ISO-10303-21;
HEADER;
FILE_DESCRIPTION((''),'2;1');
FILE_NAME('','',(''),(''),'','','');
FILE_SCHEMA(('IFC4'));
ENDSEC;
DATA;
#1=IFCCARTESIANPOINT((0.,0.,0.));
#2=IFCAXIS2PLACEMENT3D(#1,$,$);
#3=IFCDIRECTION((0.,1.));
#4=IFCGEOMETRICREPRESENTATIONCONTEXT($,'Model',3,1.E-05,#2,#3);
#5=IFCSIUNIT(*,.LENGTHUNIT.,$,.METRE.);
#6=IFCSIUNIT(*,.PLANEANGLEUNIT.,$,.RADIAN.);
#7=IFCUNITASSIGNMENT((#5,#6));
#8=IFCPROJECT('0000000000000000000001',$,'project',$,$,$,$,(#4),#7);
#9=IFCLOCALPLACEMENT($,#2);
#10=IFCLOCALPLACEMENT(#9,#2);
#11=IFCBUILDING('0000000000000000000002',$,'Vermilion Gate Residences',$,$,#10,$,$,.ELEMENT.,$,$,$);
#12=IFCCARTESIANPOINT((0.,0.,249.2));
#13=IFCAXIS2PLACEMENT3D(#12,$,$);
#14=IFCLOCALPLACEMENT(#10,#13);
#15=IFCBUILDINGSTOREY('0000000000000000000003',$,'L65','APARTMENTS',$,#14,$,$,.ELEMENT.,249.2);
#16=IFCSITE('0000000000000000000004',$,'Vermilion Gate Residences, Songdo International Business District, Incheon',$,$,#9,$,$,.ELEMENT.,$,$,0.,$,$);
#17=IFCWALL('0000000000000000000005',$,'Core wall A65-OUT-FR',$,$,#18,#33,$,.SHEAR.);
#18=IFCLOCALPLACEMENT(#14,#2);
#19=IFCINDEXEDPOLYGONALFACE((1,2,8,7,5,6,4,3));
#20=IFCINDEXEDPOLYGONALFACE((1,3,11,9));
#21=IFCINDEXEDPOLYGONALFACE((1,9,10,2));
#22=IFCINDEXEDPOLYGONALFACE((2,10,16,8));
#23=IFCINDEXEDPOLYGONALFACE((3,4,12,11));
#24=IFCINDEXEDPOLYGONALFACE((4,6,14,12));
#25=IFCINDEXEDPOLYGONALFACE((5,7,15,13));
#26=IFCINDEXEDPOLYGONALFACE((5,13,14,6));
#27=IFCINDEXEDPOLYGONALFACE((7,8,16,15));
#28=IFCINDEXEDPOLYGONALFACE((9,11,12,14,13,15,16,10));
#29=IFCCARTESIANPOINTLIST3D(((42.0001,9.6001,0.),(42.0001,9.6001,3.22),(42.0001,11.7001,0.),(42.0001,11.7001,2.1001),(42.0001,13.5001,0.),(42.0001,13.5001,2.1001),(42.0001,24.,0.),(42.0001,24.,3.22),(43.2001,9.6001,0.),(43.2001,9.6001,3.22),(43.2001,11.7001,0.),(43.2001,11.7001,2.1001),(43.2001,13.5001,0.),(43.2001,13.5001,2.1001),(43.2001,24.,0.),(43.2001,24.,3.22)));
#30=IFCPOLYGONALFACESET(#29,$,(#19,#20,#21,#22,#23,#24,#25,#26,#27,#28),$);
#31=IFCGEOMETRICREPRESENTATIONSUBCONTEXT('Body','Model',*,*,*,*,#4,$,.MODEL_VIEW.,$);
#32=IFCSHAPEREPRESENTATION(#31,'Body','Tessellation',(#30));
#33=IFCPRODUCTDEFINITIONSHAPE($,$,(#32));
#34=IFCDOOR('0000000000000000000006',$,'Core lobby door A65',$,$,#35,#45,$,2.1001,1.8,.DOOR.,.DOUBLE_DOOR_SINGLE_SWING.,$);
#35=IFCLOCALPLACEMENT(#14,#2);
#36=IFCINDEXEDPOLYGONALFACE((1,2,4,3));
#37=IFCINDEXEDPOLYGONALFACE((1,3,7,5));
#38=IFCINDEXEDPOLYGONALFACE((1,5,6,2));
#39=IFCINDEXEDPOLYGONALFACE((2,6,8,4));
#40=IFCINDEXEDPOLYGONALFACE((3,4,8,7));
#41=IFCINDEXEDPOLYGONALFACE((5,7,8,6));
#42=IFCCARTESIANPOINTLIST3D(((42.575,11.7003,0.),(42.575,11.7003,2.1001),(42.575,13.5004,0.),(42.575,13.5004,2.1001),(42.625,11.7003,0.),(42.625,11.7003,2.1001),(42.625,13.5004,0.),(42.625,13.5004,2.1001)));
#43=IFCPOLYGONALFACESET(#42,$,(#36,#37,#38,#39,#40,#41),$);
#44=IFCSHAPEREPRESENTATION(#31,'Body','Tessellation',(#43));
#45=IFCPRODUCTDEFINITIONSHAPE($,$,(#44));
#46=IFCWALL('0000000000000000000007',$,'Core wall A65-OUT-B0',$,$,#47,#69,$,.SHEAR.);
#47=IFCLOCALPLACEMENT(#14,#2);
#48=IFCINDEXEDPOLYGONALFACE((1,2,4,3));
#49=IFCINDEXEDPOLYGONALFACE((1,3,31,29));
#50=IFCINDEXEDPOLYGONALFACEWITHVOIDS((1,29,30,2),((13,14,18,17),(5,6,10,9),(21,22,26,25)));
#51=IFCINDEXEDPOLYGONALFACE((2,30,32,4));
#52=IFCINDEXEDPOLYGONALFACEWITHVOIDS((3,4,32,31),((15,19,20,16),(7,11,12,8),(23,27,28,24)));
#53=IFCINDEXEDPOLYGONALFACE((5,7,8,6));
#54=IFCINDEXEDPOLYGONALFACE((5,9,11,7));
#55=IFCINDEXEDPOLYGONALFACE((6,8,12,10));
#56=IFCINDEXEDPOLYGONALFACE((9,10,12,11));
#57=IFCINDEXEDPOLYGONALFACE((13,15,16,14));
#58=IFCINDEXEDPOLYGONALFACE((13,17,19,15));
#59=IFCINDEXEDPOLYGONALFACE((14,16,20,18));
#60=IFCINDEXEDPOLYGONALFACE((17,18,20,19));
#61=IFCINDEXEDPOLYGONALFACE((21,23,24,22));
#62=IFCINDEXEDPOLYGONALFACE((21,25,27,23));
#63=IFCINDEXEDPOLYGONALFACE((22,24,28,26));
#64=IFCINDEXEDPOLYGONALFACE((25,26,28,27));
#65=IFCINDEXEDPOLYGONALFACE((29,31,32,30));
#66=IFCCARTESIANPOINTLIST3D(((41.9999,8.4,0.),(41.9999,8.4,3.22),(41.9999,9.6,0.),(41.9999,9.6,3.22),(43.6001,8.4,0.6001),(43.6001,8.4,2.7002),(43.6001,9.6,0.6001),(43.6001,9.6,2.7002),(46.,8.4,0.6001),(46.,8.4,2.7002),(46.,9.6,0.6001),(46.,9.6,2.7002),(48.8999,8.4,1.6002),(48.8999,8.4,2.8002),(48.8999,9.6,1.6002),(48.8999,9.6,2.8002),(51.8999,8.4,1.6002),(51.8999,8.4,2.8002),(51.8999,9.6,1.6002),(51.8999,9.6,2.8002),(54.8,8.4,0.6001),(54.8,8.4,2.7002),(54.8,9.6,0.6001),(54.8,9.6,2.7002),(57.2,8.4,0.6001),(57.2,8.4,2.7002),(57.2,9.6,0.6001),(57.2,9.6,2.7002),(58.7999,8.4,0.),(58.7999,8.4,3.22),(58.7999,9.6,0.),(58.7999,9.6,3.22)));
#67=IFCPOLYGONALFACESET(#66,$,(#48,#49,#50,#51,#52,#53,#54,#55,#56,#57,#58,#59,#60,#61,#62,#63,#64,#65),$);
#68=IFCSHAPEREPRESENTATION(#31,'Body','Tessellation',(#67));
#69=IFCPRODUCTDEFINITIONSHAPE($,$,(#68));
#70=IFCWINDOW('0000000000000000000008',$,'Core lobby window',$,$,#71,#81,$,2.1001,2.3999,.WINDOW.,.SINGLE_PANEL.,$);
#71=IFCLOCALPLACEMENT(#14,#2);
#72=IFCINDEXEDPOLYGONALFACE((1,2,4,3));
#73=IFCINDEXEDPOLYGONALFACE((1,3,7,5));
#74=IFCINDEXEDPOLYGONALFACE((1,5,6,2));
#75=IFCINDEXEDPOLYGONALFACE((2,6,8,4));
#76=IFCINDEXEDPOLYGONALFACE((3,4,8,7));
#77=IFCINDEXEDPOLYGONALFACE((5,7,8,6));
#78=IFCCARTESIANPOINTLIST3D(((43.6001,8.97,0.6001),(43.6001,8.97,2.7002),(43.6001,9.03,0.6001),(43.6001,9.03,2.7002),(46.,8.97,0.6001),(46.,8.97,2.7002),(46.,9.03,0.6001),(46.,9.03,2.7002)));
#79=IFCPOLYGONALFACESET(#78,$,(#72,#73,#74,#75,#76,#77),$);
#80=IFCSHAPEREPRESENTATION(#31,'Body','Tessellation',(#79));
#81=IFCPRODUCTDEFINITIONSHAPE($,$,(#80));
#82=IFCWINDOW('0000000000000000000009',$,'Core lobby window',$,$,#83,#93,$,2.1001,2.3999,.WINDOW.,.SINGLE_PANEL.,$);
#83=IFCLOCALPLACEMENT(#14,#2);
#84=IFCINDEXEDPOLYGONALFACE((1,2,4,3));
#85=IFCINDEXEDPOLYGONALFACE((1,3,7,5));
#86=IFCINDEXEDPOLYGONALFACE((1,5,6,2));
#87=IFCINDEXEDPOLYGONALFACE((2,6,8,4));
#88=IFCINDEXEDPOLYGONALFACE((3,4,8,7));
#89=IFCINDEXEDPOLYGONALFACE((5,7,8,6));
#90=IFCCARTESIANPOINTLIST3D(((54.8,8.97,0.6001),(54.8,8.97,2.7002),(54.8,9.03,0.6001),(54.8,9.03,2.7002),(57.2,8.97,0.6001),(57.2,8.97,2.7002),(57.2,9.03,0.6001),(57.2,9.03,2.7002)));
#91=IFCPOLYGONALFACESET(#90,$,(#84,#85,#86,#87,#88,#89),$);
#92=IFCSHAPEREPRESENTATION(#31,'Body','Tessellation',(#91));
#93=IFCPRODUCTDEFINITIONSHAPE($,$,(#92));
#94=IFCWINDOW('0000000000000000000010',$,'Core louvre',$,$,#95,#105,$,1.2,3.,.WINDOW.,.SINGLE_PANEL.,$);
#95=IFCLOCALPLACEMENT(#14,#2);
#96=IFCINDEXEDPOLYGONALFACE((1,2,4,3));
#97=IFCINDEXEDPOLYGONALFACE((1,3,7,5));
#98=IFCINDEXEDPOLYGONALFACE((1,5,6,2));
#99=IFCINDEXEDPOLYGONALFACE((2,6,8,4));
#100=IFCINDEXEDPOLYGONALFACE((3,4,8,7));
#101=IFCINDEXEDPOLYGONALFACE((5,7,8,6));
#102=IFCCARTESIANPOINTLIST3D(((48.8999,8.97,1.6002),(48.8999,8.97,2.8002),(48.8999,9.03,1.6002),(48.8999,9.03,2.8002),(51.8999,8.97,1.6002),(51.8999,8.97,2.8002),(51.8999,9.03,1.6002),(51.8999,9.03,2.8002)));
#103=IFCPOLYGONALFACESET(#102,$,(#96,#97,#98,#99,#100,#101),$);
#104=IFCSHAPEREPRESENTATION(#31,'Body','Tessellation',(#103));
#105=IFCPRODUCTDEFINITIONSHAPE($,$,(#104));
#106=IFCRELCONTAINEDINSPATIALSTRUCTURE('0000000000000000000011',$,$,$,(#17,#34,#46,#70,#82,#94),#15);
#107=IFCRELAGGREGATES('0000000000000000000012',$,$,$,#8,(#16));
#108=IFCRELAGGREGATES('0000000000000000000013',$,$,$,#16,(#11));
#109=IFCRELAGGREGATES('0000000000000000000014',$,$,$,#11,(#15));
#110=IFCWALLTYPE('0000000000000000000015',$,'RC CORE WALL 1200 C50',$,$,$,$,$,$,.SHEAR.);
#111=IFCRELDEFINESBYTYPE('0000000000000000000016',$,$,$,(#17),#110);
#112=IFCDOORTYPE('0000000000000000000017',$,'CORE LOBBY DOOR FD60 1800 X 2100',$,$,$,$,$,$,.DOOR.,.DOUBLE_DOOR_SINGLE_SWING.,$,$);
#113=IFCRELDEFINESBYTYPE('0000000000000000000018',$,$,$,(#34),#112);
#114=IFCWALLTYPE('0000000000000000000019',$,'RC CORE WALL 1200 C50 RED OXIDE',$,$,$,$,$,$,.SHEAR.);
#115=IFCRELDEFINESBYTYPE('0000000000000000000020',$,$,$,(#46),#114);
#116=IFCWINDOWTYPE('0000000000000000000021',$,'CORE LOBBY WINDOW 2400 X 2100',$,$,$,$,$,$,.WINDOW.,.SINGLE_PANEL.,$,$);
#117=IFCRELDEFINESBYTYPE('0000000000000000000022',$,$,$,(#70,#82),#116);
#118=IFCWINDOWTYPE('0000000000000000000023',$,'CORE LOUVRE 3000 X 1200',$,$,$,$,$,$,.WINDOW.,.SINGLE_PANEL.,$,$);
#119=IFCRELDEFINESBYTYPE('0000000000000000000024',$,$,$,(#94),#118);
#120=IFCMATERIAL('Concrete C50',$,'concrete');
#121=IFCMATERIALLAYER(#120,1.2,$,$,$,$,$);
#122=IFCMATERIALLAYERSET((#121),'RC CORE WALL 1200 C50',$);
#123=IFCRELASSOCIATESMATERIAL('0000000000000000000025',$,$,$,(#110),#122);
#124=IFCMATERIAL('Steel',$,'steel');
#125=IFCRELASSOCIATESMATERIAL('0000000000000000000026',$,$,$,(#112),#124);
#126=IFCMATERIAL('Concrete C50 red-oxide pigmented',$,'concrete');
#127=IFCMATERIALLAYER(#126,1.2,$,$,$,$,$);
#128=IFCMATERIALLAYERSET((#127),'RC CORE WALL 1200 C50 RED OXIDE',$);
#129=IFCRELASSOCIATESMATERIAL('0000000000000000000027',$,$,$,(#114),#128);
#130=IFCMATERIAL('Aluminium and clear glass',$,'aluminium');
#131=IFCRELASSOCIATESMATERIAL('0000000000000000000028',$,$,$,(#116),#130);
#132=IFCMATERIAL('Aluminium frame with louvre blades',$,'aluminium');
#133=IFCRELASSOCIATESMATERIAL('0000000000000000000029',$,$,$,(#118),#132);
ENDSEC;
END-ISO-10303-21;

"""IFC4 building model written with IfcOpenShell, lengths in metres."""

from ifc_helpers import new_model, si_unit, direction, frame, frame_2d, origin, place, context, subcontext, project, spatial, rectangle, extrude, material, layer, layer_set, type_object, element, fill, save


model = new_model("IFC4")

# Units and contexts
model_context = context("Model", 3, precision=1e-05, world=origin(), true_north=direction((0.0, 1.0)))
body_context = subcontext(model_context, "Body", "Model", "MODEL_VIEW")
ifc_project = project(units=[si_unit("LENGTHUNIT", "METRE"), si_unit("PLANEANGLEUNIT", "RADIAN")], contexts=[model_context])

# Site, building, storey
site_placement = place(None, origin())
site = spatial("IfcSite", under=ifc_project, at=site_placement, Name="Vermilion Gate Residences, Songdo International Business District, Incheon", CompositionType="ELEMENT", RefElevation=0.0)
building_placement = place(site_placement, origin())
building = spatial("IfcBuilding", under=site, at=building_placement, Name="Vermilion Gate Residences", CompositionType="ELEMENT")
storey_placement = place(building_placement, frame((0.0, 0.0, 249.2)))
storey = spatial("IfcBuildingStorey", under=building, at=storey_placement, Name="L65", Description="APARTMENTS", CompositionType="ELEMENT", Elevation=249.2)

# Wall, opening, door
ifc_material_1 = material(Name="Concrete C50", Category="concrete")
ifc_layer_1 = layer(ifc_material_1, 1.2)
ifc_layer_set_1 = layer_set([ifc_layer_1], Name="RC CORE WALL 1200 C50")
wall_type_1 = type_object("IfcWallType", Name="RC CORE WALL 1200 C50", PredefinedType="SHEAR", material=ifc_layer_set_1)
wall_1_placement = place(storey_placement, frame((42.6001, 9.6001, 0.0), z_axis=(0.0, 0.0, 1.0), x_axis=(0.0, 1.0, 0.0)))
wall_1 = element("IfcWall", 1, at=wall_1_placement, inside=storey, type_object=wall_type_1, Name="Core wall A65-OUT-FR", PredefinedType="SHEAR", context=body_context, shape_type="SweptSolid", body=[
    extrude(rectangle(XDim=14.3999, YDim=1.2, at=frame_2d((7.2, 0.0))), origin(), (0.0, 0.0, 1.0), 3.22),
])
opening_1_placement = place(wall_1_placement, frame((2.1001, 0.0, 0.0)))
opening_1 = element("IfcOpeningElement", 2, at=opening_1_placement, cuts=wall_1, PredefinedType="OPENING", context=body_context, shape_type="SweptSolid", body=[
    extrude(rectangle(XDim=1.8, YDim=2.1001, at=frame_2d((0.8999, 1.05))), frame((0.0, 0.6099, 0.0), z_axis=(0.0, -1.0, 0.0), x_axis=(1.0, 0.0, 0.0)), (0.0, 0.0, 1.0), 1.22),
])
ifc_material_2 = material(Name="Steel", Category="steel")
door_type_1 = type_object("IfcDoorType", Name="CORE LOBBY DOOR FD60 1800 X 2100", OperationType="DOUBLE_DOOR_SINGLE_SWING", PredefinedType="DOOR", material=ifc_material_2)
door_1_placement = place(opening_1_placement, frame((1.8, 0.0, 0.0), z_axis=(0.0, 0.0, 1.0), x_axis=(-1.0, 0.0, 0.0)))
door_1 = element("IfcDoor", 3, at=door_1_placement, inside=storey, type_object=door_type_1, Name="Core lobby door A65", OperationType="DOUBLE_DOOR_SINGLE_SWING", OverallHeight=2.1001, OverallWidth=1.8, PredefinedType="DOOR", context=body_context, shape_type="SweptSolid", body=[
    extrude(rectangle(XDim=1.8, YDim=2.1001, at=frame_2d((0.8999, 1.05))), frame((0.0, 0.0249, 0.0), z_axis=(0.0, -1.0, 0.0), x_axis=(1.0, 0.0, 0.0)), (0.0, 0.0, 1.0), 0.05),
])
fill(opening_1, door_1)

# Wall, openings, windows
ifc_material_3 = material(Name="Concrete C50 red-oxide pigmented", Category="concrete")
ifc_layer_2 = layer(ifc_material_3, 1.2)
ifc_layer_set_2 = layer_set([ifc_layer_2], Name="RC CORE WALL 1200 C50 RED OXIDE")
wall_type_2 = type_object("IfcWallType", Name="RC CORE WALL 1200 C50 RED OXIDE", PredefinedType="SHEAR", material=ifc_layer_set_2)
wall_2_placement = place(storey_placement, frame((42.0, 9.0, 0.0), z_axis=(0.0, 0.0, 1.0), x_axis=(1.0, 0.0, 0.0)))
wall_2 = element("IfcWall", 4, at=wall_2_placement, inside=storey, type_object=wall_type_2, Name="Core wall A65-OUT-B0", PredefinedType="SHEAR", context=body_context, shape_type="SweptSolid", body=[
    extrude(rectangle(XDim=16.8, YDim=1.2, at=frame_2d((8.3999, 0.0))), origin(), (0.0, 0.0, 1.0), 3.22),
])
opening_2_placement = place(wall_2_placement, frame((1.6001, 0.0, 0.6001)))
opening_2 = element("IfcOpeningElement", 5, at=opening_2_placement, cuts=wall_2, PredefinedType="OPENING", context=body_context, shape_type="SweptSolid", body=[
    extrude(rectangle(XDim=2.3999, YDim=2.1001, at=frame_2d((1.2, 1.05))), frame((0.0, 0.6099, 0.0), z_axis=(0.0, -1.0, 0.0), x_axis=(1.0, 0.0, 0.0)), (0.0, 0.0, 1.0), 1.22),
])
opening_3_placement = place(wall_2_placement, frame((6.8999, 0.0, 1.6001)))
opening_3 = element("IfcOpeningElement", 6, at=opening_3_placement, cuts=wall_2, PredefinedType="OPENING", context=body_context, shape_type="SweptSolid", body=[
    extrude(rectangle(XDim=3.0, YDim=1.2, at=frame_2d((1.5, 0.6001))), frame((0.0, 0.6099, 0.0), z_axis=(0.0, -1.0, 0.0), x_axis=(1.0, 0.0, 0.0)), (0.0, 0.0, 1.0), 1.22),
])
opening_4_placement = place(wall_2_placement, frame((12.8, 0.0, 0.6001)))
opening_4 = element("IfcOpeningElement", 7, at=opening_4_placement, cuts=wall_2, PredefinedType="OPENING", context=body_context, shape_type="SweptSolid", body=[
    extrude(rectangle(XDim=2.3999, YDim=2.1001, at=frame_2d((1.2, 1.05))), frame((0.0, 0.6099, 0.0), z_axis=(0.0, -1.0, 0.0), x_axis=(1.0, 0.0, 0.0)), (0.0, 0.0, 1.0), 1.22),
])
ifc_material_4 = material(Name="Aluminium and clear glass", Category="aluminium")
window_type_1 = type_object("IfcWindowType", Name="CORE LOBBY WINDOW 2400 X 2100", PartitioningType="SINGLE_PANEL", PredefinedType="WINDOW", material=ifc_material_4)
window_1_placement = place(opening_2_placement, origin())
window_1 = element("IfcWindow", 8, at=window_1_placement, inside=storey, type_object=window_type_1, Name="Core lobby window", OverallHeight=2.1001, OverallWidth=2.3999, PartitioningType="SINGLE_PANEL", PredefinedType="WINDOW", context=body_context, shape_type="SweptSolid", body=[
    extrude(rectangle(XDim=2.3999, YDim=2.1001, at=frame_2d((1.2, 1.05))), frame((0.0, 0.03, 0.0), z_axis=(0.0, -1.0, 0.0), x_axis=(1.0, 0.0, 0.0)), (0.0, 0.0, 1.0), 0.0601),
])
fill(opening_2, window_1)
window_2_placement = place(opening_4_placement, origin())
window_2 = element("IfcWindow", 9, at=window_2_placement, inside=storey, type_object=window_type_1, Name="Core lobby window", OverallHeight=2.1001, OverallWidth=2.3999, PartitioningType="SINGLE_PANEL", PredefinedType="WINDOW", context=body_context, shape_type="SweptSolid", body=[
    extrude(rectangle(XDim=2.3999, YDim=2.1001, at=frame_2d((1.2, 1.05))), frame((0.0, 0.03, 0.0), z_axis=(0.0, -1.0, 0.0), x_axis=(1.0, 0.0, 0.0)), (0.0, 0.0, 1.0), 0.0601),
])
fill(opening_4, window_2)
ifc_material_5 = material(Name="Aluminium frame with louvre blades", Category="aluminium")
window_type_2 = type_object("IfcWindowType", Name="CORE LOUVRE 3000 X 1200", PartitioningType="SINGLE_PANEL", PredefinedType="WINDOW", material=ifc_material_5)
window_3_placement = place(opening_3_placement, origin())
window_3 = element("IfcWindow", 10, at=window_3_placement, inside=storey, type_object=window_type_2, Name="Core louvre", OverallHeight=1.2, OverallWidth=3.0, PartitioningType="SINGLE_PANEL", PredefinedType="WINDOW", context=body_context, shape_type="SweptSolid", body=[
    extrude(rectangle(XDim=3.0, YDim=1.2, at=frame_2d((1.5, 0.6001))), frame((0.0, 0.03, 0.0), z_axis=(0.0, -1.0, 0.0), x_axis=(1.0, 0.0, 0.0)), (0.0, 0.0, 1.0), 0.0601),
])
fill(opening_3, window_3)

save(model, "model.ifc")
